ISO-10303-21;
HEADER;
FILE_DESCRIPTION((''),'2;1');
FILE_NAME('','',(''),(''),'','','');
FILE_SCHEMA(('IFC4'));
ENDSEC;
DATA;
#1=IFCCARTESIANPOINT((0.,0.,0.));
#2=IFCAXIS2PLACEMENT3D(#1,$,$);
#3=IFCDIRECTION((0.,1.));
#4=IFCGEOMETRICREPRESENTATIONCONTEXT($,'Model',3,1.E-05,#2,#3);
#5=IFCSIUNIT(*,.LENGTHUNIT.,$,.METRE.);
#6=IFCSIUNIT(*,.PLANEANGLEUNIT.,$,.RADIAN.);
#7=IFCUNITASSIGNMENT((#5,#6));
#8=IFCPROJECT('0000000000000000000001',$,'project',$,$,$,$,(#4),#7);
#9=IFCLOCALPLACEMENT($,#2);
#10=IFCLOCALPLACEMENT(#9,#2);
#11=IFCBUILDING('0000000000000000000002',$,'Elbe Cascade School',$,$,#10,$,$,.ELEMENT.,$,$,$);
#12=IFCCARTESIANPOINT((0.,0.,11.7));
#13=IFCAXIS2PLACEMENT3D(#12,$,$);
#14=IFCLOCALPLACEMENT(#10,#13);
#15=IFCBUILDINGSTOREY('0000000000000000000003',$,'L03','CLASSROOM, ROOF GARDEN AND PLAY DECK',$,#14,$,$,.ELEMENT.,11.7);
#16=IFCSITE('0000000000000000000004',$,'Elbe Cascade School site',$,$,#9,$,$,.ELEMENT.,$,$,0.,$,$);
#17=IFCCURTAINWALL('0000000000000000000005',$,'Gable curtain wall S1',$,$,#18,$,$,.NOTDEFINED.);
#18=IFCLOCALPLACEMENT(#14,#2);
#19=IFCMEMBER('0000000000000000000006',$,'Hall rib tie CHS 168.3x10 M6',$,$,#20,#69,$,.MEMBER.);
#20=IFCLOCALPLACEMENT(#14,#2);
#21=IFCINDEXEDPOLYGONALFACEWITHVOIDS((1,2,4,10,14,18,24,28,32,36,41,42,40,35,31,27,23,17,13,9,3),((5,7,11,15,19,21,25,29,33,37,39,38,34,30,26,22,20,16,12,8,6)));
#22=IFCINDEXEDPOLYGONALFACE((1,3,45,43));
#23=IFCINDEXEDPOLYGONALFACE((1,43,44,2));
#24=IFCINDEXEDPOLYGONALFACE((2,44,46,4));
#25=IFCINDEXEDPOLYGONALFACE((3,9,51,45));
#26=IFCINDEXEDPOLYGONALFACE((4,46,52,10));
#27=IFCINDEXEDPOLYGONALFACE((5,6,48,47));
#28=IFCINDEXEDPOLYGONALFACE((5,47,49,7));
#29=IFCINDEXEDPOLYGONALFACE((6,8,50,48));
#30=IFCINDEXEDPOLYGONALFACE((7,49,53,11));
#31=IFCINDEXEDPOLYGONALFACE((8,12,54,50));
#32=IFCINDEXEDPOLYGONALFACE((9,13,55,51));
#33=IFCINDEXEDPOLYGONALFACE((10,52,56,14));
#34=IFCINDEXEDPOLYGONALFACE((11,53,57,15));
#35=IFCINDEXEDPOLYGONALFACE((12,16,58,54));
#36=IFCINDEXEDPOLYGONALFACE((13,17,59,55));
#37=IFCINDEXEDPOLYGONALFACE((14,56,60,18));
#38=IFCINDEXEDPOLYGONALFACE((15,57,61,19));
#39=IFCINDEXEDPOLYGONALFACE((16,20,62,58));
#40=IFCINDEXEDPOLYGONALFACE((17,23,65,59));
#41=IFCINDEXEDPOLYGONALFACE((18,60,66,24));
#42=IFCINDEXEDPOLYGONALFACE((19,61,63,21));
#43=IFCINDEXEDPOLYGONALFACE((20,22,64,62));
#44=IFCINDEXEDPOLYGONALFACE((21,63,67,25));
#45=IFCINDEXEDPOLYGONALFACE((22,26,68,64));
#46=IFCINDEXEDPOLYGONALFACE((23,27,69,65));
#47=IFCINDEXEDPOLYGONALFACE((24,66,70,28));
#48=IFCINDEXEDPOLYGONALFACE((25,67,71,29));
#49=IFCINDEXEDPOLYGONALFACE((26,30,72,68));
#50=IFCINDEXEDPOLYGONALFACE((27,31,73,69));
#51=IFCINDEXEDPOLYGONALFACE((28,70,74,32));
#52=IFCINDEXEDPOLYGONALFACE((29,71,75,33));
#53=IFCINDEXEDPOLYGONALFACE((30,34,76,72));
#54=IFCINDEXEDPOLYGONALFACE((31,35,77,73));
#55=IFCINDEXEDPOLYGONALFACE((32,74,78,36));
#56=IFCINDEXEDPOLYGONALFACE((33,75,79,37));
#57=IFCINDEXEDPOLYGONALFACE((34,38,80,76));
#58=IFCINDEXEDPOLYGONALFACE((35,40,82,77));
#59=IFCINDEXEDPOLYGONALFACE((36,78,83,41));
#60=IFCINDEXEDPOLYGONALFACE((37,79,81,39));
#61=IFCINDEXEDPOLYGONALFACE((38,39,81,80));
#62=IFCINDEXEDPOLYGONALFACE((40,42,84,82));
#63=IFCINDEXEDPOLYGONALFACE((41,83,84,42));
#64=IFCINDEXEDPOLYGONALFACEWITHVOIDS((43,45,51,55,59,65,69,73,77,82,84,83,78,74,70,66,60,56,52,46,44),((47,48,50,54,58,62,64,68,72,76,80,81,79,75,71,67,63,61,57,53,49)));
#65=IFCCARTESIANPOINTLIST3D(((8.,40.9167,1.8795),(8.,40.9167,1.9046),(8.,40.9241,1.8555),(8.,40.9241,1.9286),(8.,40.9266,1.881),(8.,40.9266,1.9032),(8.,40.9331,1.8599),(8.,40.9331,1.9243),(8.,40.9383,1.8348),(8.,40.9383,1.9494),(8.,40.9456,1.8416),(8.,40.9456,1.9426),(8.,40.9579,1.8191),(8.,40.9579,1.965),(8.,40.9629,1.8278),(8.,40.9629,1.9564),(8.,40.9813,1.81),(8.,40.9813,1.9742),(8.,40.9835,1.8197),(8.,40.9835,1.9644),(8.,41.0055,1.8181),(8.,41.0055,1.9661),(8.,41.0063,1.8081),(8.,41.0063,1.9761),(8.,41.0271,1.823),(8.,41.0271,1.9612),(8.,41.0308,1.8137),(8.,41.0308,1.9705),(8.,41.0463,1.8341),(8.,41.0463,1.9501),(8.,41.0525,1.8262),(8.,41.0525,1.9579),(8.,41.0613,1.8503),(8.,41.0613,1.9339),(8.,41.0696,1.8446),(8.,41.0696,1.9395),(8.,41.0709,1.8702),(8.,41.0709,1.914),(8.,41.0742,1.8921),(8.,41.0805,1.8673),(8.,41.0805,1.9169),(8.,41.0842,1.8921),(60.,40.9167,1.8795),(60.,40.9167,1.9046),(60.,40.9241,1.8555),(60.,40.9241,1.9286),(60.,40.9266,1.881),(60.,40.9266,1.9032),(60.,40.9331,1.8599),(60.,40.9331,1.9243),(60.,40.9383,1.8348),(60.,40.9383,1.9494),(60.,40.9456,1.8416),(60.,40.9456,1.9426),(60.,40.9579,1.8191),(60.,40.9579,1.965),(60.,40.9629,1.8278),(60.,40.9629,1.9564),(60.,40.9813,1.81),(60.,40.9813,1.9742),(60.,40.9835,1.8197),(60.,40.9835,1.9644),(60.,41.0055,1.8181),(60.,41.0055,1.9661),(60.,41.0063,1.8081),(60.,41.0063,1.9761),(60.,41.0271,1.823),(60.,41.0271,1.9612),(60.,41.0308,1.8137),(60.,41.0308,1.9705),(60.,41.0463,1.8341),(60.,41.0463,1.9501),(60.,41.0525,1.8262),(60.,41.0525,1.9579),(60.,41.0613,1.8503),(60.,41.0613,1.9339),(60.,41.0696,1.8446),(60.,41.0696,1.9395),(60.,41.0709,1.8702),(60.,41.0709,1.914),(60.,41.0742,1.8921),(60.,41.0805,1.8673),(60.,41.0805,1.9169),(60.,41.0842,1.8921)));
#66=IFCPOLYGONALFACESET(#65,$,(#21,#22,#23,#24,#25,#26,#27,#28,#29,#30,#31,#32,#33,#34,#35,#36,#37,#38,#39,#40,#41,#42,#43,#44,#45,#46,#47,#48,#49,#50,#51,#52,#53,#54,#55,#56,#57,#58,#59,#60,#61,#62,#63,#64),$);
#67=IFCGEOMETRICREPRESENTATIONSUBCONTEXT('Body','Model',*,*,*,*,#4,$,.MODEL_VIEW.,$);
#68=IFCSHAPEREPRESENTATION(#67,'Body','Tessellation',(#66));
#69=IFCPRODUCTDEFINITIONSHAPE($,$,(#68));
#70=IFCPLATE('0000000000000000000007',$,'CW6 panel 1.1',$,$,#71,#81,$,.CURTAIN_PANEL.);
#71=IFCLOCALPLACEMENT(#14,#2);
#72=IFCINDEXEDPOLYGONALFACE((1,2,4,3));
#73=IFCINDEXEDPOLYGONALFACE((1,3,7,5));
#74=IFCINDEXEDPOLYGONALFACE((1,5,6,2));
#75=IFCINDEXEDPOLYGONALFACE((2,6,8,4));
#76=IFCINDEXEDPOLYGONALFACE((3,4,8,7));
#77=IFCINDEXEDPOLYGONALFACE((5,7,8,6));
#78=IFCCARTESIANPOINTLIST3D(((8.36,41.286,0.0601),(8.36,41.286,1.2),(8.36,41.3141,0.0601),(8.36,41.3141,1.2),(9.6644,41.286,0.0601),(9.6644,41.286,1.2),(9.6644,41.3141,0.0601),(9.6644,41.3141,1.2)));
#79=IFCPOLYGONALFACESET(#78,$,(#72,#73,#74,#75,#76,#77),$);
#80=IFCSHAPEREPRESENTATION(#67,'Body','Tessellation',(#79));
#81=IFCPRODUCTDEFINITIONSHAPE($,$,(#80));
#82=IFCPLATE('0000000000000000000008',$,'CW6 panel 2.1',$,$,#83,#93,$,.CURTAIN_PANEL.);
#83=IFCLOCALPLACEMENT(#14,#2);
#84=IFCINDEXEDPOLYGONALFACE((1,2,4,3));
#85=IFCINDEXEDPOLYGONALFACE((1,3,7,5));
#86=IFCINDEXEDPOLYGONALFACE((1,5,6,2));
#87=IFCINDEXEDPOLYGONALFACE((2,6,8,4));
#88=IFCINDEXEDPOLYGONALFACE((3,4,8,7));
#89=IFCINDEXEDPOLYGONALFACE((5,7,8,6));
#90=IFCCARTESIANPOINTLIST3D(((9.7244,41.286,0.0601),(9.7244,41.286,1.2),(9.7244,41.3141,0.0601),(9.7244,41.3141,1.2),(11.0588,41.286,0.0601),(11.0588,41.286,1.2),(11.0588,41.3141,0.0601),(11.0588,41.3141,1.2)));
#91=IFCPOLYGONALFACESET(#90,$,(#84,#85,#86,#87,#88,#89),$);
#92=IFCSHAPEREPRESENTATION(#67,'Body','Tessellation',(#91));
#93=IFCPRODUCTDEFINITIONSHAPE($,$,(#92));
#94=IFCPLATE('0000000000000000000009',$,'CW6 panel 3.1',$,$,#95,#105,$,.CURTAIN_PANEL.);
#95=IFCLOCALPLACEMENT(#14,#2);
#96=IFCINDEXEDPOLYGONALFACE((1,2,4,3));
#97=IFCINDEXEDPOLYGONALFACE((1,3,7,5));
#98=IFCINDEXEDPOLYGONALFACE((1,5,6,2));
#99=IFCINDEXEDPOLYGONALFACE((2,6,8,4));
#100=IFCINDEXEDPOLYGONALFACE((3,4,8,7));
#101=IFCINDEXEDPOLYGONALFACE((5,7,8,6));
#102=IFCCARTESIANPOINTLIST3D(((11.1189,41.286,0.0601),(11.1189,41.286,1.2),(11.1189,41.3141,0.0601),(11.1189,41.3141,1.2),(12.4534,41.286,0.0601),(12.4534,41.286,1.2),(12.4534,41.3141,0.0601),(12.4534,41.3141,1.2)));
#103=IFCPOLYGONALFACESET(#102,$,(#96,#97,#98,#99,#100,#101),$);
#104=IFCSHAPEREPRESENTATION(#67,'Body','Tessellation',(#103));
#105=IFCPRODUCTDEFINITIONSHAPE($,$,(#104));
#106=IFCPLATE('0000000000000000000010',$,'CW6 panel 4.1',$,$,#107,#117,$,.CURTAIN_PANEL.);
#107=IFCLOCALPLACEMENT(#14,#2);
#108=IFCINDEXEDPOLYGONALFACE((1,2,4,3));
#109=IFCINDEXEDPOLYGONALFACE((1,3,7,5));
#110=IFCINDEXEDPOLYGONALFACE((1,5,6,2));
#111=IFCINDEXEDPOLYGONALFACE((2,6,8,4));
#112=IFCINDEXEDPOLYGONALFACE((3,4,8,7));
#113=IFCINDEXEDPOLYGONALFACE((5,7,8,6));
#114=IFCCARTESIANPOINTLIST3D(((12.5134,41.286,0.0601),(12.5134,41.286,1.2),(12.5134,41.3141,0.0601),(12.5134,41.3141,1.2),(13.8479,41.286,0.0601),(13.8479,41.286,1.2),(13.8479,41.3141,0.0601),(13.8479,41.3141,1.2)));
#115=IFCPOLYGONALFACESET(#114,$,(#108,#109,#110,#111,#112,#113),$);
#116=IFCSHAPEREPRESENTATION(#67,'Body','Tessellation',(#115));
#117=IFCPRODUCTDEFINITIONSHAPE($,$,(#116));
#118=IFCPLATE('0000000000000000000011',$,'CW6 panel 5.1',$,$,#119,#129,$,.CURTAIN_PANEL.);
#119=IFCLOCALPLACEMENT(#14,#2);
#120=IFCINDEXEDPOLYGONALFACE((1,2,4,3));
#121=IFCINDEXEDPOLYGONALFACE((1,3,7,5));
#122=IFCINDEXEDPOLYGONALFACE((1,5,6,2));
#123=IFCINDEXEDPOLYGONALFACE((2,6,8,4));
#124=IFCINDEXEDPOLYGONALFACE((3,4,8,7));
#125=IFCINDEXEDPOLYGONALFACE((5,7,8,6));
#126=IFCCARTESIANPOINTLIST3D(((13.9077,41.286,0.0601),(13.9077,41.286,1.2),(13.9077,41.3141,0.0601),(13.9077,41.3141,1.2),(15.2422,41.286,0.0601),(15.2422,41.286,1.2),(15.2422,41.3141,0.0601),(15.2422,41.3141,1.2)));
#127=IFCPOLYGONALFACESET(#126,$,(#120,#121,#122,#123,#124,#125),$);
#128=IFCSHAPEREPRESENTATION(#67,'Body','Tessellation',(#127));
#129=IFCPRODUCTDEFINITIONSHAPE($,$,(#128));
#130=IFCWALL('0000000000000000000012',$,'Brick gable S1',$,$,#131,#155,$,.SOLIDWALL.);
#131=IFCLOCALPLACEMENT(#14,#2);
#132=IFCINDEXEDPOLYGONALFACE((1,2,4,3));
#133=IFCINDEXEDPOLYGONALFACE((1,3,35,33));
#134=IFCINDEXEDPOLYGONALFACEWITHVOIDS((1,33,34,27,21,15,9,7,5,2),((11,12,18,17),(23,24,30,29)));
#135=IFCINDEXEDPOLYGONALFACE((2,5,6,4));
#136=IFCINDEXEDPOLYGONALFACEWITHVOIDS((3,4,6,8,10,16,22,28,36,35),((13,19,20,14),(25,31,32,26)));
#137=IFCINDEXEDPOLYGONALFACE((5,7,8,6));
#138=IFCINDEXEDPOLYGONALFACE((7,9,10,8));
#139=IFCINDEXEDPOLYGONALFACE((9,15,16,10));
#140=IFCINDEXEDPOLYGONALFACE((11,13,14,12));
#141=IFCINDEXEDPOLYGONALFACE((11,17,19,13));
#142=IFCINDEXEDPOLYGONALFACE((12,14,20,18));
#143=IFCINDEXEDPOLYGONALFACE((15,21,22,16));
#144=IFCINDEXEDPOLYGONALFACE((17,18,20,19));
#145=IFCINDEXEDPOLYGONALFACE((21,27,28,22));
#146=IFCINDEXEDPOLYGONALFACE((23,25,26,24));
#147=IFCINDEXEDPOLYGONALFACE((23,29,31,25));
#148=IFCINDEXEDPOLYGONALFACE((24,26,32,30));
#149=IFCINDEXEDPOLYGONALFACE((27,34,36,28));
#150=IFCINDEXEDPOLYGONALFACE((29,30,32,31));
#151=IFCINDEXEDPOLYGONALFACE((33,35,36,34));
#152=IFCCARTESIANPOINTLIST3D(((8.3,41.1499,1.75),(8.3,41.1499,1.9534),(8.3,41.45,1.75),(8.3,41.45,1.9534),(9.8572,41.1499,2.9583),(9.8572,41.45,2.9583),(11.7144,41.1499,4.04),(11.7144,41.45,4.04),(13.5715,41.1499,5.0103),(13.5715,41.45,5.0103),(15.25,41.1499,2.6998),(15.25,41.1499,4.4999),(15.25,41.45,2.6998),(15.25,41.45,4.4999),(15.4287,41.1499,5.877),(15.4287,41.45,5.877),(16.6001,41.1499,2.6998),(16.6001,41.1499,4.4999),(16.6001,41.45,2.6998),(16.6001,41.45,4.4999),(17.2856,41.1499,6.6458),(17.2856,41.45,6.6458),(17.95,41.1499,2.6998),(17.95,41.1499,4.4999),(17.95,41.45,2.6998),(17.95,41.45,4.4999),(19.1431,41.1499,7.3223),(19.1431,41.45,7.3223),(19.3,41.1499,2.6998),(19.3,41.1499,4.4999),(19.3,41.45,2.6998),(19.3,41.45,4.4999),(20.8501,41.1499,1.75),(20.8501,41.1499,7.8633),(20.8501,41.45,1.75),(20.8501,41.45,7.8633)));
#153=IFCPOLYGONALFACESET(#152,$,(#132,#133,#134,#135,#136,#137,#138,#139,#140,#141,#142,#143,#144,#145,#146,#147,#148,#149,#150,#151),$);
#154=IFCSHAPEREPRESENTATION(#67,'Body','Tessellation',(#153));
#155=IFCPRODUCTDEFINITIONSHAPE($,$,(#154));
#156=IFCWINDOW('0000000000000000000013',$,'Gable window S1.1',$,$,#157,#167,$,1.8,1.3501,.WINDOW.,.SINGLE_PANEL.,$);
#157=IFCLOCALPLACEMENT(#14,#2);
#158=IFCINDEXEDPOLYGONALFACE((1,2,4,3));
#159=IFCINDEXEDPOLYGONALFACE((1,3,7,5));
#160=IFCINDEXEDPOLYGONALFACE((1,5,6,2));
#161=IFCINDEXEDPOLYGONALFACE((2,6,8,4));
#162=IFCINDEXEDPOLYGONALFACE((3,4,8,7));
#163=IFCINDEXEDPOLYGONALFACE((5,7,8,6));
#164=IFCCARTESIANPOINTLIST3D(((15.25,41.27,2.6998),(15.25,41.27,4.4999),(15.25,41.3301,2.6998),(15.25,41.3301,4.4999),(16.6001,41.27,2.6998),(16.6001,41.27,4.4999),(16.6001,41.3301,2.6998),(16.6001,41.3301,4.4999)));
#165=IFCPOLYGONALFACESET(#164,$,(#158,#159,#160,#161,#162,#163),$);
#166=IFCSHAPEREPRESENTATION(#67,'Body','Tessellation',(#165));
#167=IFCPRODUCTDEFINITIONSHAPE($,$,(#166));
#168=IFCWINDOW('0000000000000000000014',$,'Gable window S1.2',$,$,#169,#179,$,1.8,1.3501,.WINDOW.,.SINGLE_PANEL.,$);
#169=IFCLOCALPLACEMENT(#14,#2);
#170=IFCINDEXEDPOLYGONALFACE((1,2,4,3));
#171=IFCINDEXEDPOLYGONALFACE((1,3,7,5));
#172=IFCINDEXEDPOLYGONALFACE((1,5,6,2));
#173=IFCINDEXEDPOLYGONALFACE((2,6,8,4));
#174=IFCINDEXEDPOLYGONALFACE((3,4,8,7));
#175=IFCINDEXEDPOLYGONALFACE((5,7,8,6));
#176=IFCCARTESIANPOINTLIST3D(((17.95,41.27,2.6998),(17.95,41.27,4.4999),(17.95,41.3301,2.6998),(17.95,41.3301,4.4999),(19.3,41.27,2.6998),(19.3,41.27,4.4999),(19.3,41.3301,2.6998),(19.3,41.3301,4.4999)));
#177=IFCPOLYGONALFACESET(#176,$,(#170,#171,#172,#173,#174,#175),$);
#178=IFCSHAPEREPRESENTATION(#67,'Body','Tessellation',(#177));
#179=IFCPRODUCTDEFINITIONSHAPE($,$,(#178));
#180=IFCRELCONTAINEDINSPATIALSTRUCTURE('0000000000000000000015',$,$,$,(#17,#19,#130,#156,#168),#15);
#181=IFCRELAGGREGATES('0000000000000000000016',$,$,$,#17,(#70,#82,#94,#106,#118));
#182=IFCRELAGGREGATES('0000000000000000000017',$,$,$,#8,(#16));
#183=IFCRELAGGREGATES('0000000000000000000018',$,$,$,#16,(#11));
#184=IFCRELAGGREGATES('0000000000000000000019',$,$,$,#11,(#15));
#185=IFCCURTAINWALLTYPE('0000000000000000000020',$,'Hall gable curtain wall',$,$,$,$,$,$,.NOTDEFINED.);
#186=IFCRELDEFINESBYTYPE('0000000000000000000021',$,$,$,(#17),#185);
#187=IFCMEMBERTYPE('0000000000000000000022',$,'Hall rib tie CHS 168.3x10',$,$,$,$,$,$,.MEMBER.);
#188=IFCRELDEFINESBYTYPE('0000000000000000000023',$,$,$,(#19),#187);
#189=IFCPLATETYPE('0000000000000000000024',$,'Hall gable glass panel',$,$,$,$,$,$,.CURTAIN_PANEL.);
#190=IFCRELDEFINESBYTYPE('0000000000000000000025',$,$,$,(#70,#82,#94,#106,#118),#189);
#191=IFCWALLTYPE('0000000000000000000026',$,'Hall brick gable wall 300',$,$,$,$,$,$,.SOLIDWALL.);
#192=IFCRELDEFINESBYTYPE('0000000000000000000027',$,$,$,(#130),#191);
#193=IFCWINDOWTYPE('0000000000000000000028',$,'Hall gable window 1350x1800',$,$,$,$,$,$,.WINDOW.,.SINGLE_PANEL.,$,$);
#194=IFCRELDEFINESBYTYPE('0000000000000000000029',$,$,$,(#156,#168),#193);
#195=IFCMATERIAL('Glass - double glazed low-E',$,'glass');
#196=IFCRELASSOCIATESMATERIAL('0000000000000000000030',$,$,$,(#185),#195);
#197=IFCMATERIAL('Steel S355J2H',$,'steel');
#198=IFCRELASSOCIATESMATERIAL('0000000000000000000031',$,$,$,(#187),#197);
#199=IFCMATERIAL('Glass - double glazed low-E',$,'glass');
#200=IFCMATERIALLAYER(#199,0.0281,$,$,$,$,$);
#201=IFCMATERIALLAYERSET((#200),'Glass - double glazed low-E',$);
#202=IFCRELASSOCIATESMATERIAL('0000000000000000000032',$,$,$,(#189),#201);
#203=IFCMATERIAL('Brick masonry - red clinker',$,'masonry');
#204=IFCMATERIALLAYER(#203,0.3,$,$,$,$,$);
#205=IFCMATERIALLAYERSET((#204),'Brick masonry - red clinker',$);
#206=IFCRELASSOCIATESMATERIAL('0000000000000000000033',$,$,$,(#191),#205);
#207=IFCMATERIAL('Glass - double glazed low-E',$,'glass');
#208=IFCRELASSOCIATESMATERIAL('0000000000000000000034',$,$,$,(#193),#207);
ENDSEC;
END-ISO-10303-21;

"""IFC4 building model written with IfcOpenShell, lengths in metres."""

from ifc_helpers import new_model, si_unit, direction, frame, frame_2d, origin, origin_2d, place, context, subcontext, project, spatial, polyline, rectangle, hollow_circle, outline, extrude, material, layer, layer_set, material_profile, profile_set, type_object, element, fill, aggregate, save


model = new_model("IFC4")

# Units and contexts
model_context = context("Model", 3, precision=1e-05, world=origin(), true_north=direction((0.0, 1.0)))
body_context = subcontext(model_context, "Body", "Model", "MODEL_VIEW")
ifc_project = project(units=[si_unit("LENGTHUNIT", "METRE"), si_unit("PLANEANGLEUNIT", "RADIAN")], contexts=[model_context])

# Site, building, storey
site_placement = place(None, origin())
site = spatial("IfcSite", under=ifc_project, at=site_placement, Name="Elbe Cascade School site", CompositionType="ELEMENT", RefElevation=0.0)
building_placement = place(site_placement, origin())
building = spatial("IfcBuilding", under=site, at=building_placement, Name="Elbe Cascade School", CompositionType="ELEMENT")
storey_placement = place(building_placement, frame((0.0, 0.0, 11.7)))
storey = spatial("IfcBuildingStorey", under=building, at=storey_placement, Name="L03", Description="CLASSROOM, ROOF GARDEN AND PLAY DECK", CompositionType="ELEMENT", Elevation=11.7)

# Curtain wall
ifc_material_1 = material(Name="Glass - double glazed low-E", Category="glass")
curtain_wall_type = type_object("IfcCurtainWallType", Name="Hall gable curtain wall", PredefinedType="NOTDEFINED", material=ifc_material_1)
curtain_wall_placement = place(storey_placement, origin())
curtain_wall = element("IfcCurtainWall", 1, at=curtain_wall_placement, inside=storey, type_object=curtain_wall_type, Name="Gable curtain wall S1", PredefinedType="NOTDEFINED")

# Member
ifc_material_2 = material(Name="Steel S355J2H", Category="steel")
ifc_material_profile_1 = material_profile(ifc_material_2, hollow_circle(Radius=0.0842, WallThickness=0.01, at=origin_2d()), Name="CHS 168.3x10")
ifc_profile_set_1 = profile_set([ifc_material_profile_1], Name="Steel S355J2H")
member_type_1 = type_object("IfcMemberType", Name="Hall rib tie CHS 168.3x10", PredefinedType="MEMBER", material=ifc_profile_set_1)
member_1_placement = place(storey_placement, frame((8.0, 41.0, 1.8921), z_axis=(1.0, 0.0, 0.0), x_axis=(0.0, 1.0, 0.0)))
element("IfcMember", 2, at=member_1_placement, inside=storey, type_object=member_type_1, Name="Hall rib tie CHS 168.3x10 M6", PredefinedType="MEMBER", context=body_context, shape_type="SweptSolid", body=[
    extrude(hollow_circle(Radius=0.0842, WallThickness=0.01, at=origin_2d()), origin(), (0.0, 0.0, 1.0), 52.0),
])

# Plates
ifc_material_3 = material(Name="Glass - double glazed low-E", Category="glass")
ifc_layer_1 = layer(ifc_material_3, 0.0281)
ifc_layer_set_1 = layer_set([ifc_layer_1], Name="Glass - double glazed low-E")
plate_type = type_object("IfcPlateType", Name="Hall gable glass panel", PredefinedType="CURTAIN_PANEL", material=ifc_layer_set_1)
plate_1_placement = place(storey_placement, frame((9.0122, 41.3, 0.0601), z_axis=(0.0, 0.0, 1.0), x_axis=(1.0, 0.0, 0.0)))
plate_1 = element("IfcPlate", 3, at=plate_1_placement, type_object=plate_type, Name="CW6 panel 1.1", PredefinedType="CURTAIN_PANEL", context=body_context, shape_type="SweptSolid", body=[
    extrude(rectangle(XDim=1.3044, YDim=0.0281, at=origin_2d()), origin(), (0.0, 0.0, 1.0), 1.1399),
])
plate_2_placement = place(storey_placement, frame((10.3916, 41.3, 0.0601), z_axis=(0.0, 0.0, 1.0), x_axis=(1.0, 0.0, 0.0)))
plate_2 = element("IfcPlate", 4, at=plate_2_placement, type_object=plate_type, Name="CW6 panel 2.1", PredefinedType="CURTAIN_PANEL", context=body_context, shape_type="SweptSolid", body=[
    extrude(rectangle(XDim=1.3345, YDim=0.0281, at=origin_2d()), origin(), (0.0, 0.0, 1.0), 1.1399),
])
plate_3_placement = place(storey_placement, frame((11.7861, 41.3, 0.0601), z_axis=(0.0, 0.0, 1.0), x_axis=(1.0, 0.0, 0.0)))
plate_3 = element("IfcPlate", 5, at=plate_3_placement, type_object=plate_type, Name="CW6 panel 3.1", PredefinedType="CURTAIN_PANEL", context=body_context, shape_type="SweptSolid", body=[
    extrude(rectangle(XDim=1.3345, YDim=0.0281, at=origin_2d()), origin(), (0.0, 0.0, 1.0), 1.1399),
])
plate_4_placement = place(storey_placement, frame((13.1807, 41.3, 0.0601), z_axis=(0.0, 0.0, 1.0), x_axis=(1.0, 0.0, 0.0)))
plate_4 = element("IfcPlate", 6, at=plate_4_placement, type_object=plate_type, Name="CW6 panel 4.1", PredefinedType="CURTAIN_PANEL", context=body_context, shape_type="SweptSolid", body=[
    extrude(rectangle(XDim=1.3345, YDim=0.0281, at=origin_2d()), origin(), (0.0, 0.0, 1.0), 1.1399),
])
plate_5_placement = place(storey_placement, frame((14.575, 41.3, 0.0601), z_axis=(0.0, 0.0, 1.0), x_axis=(1.0, 0.0, 0.0)))
plate_5 = element("IfcPlate", 7, at=plate_5_placement, type_object=plate_type, Name="CW6 panel 5.1", PredefinedType="CURTAIN_PANEL", context=body_context, shape_type="SweptSolid", body=[
    extrude(rectangle(XDim=1.3345, YDim=0.0281, at=origin_2d()), origin(), (0.0, 0.0, 1.0), 1.1399),
])
aggregate(curtain_wall, [plate_1, plate_2, plate_3, plate_4, plate_5])

# Wall, openings, windows
ifc_material_4 = material(Name="Brick masonry - red clinker", Category="masonry")
ifc_layer_2 = layer(ifc_material_4, 0.3)
ifc_layer_set_2 = layer_set([ifc_layer_2], Name="Brick masonry - red clinker")
wall_type = type_object("IfcWallType", Name="Hall brick gable wall 300", PredefinedType="SOLIDWALL", material=ifc_layer_set_2)
wall_placement = place(storey_placement, frame((8.3, 41.3, 1.75), z_axis=(0.0, 0.0, 1.0), x_axis=(1.0, 0.0, 0.0)))
wall = element("IfcWall", 8, at=wall_placement, inside=storey, type_object=wall_type, Name="Brick gable S1", PredefinedType="SOLIDWALL", context=body_context, shape_type="SweptSolid", body=[
    extrude(outline(polyline([(0.0, 0.0), (12.55, 0.0), (12.55, 6.1133), (10.843, 5.5723), (8.9856, 4.8958), (7.1287, 4.127), (5.2715, 3.2603), (3.4143, 2.29), (1.5571, 1.2083), (0.0, 0.2034), (0.0, 0.0)])), frame((0.0, 0.1499, 0.0), z_axis=(0.0, -1.0, 0.0), x_axis=(1.0, 0.0, 0.0)), (0.0, 0.0, 1.0), 0.3),
])
opening_1_placement = place(wall_placement, frame((6.95, 0.0, 0.95)))
opening_1 = element("IfcOpeningElement", 9, at=opening_1_placement, cuts=wall, PredefinedType="OPENING", context=body_context, shape_type="SweptSolid", body=[
    extrude(rectangle(XDim=1.3501, YDim=1.8, at=frame_2d((0.675, 0.8999))), frame((0.0, 0.1599, 0.0), z_axis=(0.0, -1.0, 0.0), x_axis=(1.0, 0.0, 0.0)), (0.0, 0.0, 1.0), 0.3201),
])
opening_2_placement = place(wall_placement, frame((9.6499, 0.0, 0.95)))
opening_2 = element("IfcOpeningElement", 10, at=opening_2_placement, cuts=wall, PredefinedType="OPENING", context=body_context, shape_type="SweptSolid", body=[
    extrude(rectangle(XDim=1.3501, YDim=1.8, at=frame_2d((0.675, 0.8999))), frame((0.0, 0.1599, 0.0), z_axis=(0.0, -1.0, 0.0), x_axis=(1.0, 0.0, 0.0)), (0.0, 0.0, 1.0), 0.3201),
])
ifc_material_5 = material(Name="Glass - double glazed low-E", Category="glass")
window_type = type_object("IfcWindowType", Name="Hall gable window 1350x1800", PartitioningType="SINGLE_PANEL", PredefinedType="WINDOW", material=ifc_material_5)
window_1_placement = place(opening_1_placement, origin())
window_1 = element("IfcWindow", 11, at=window_1_placement, inside=storey, type_object=window_type, Name="Gable window S1.1", OverallHeight=1.8, OverallWidth=1.3501, PartitioningType="SINGLE_PANEL", PredefinedType="WINDOW", context=body_context, shape_type="SweptSolid", body=[
    extrude(rectangle(XDim=1.3501, YDim=1.8, at=frame_2d((0.675, 0.8999))), frame((0.0, 0.03, 0.0), z_axis=(0.0, -1.0, 0.0), x_axis=(1.0, 0.0, 0.0)), (0.0, 0.0, 1.0), 0.0601),
])
fill(opening_1, window_1)
window_2_placement = place(opening_2_placement, origin())
window_2 = element("IfcWindow", 12, at=window_2_placement, inside=storey, type_object=window_type, Name="Gable window S1.2", OverallHeight=1.8, OverallWidth=1.3501, PartitioningType="SINGLE_PANEL", PredefinedType="WINDOW", context=body_context, shape_type="SweptSolid", body=[
    extrude(rectangle(XDim=1.3501, YDim=1.8, at=frame_2d((0.675, 0.8999))), frame((0.0, 0.03, 0.0), z_axis=(0.0, -1.0, 0.0), x_axis=(1.0, 0.0, 0.0)), (0.0, 0.0, 1.0), 0.0601),
])
fill(opening_2, window_2)

save(model, "model.ifc")
